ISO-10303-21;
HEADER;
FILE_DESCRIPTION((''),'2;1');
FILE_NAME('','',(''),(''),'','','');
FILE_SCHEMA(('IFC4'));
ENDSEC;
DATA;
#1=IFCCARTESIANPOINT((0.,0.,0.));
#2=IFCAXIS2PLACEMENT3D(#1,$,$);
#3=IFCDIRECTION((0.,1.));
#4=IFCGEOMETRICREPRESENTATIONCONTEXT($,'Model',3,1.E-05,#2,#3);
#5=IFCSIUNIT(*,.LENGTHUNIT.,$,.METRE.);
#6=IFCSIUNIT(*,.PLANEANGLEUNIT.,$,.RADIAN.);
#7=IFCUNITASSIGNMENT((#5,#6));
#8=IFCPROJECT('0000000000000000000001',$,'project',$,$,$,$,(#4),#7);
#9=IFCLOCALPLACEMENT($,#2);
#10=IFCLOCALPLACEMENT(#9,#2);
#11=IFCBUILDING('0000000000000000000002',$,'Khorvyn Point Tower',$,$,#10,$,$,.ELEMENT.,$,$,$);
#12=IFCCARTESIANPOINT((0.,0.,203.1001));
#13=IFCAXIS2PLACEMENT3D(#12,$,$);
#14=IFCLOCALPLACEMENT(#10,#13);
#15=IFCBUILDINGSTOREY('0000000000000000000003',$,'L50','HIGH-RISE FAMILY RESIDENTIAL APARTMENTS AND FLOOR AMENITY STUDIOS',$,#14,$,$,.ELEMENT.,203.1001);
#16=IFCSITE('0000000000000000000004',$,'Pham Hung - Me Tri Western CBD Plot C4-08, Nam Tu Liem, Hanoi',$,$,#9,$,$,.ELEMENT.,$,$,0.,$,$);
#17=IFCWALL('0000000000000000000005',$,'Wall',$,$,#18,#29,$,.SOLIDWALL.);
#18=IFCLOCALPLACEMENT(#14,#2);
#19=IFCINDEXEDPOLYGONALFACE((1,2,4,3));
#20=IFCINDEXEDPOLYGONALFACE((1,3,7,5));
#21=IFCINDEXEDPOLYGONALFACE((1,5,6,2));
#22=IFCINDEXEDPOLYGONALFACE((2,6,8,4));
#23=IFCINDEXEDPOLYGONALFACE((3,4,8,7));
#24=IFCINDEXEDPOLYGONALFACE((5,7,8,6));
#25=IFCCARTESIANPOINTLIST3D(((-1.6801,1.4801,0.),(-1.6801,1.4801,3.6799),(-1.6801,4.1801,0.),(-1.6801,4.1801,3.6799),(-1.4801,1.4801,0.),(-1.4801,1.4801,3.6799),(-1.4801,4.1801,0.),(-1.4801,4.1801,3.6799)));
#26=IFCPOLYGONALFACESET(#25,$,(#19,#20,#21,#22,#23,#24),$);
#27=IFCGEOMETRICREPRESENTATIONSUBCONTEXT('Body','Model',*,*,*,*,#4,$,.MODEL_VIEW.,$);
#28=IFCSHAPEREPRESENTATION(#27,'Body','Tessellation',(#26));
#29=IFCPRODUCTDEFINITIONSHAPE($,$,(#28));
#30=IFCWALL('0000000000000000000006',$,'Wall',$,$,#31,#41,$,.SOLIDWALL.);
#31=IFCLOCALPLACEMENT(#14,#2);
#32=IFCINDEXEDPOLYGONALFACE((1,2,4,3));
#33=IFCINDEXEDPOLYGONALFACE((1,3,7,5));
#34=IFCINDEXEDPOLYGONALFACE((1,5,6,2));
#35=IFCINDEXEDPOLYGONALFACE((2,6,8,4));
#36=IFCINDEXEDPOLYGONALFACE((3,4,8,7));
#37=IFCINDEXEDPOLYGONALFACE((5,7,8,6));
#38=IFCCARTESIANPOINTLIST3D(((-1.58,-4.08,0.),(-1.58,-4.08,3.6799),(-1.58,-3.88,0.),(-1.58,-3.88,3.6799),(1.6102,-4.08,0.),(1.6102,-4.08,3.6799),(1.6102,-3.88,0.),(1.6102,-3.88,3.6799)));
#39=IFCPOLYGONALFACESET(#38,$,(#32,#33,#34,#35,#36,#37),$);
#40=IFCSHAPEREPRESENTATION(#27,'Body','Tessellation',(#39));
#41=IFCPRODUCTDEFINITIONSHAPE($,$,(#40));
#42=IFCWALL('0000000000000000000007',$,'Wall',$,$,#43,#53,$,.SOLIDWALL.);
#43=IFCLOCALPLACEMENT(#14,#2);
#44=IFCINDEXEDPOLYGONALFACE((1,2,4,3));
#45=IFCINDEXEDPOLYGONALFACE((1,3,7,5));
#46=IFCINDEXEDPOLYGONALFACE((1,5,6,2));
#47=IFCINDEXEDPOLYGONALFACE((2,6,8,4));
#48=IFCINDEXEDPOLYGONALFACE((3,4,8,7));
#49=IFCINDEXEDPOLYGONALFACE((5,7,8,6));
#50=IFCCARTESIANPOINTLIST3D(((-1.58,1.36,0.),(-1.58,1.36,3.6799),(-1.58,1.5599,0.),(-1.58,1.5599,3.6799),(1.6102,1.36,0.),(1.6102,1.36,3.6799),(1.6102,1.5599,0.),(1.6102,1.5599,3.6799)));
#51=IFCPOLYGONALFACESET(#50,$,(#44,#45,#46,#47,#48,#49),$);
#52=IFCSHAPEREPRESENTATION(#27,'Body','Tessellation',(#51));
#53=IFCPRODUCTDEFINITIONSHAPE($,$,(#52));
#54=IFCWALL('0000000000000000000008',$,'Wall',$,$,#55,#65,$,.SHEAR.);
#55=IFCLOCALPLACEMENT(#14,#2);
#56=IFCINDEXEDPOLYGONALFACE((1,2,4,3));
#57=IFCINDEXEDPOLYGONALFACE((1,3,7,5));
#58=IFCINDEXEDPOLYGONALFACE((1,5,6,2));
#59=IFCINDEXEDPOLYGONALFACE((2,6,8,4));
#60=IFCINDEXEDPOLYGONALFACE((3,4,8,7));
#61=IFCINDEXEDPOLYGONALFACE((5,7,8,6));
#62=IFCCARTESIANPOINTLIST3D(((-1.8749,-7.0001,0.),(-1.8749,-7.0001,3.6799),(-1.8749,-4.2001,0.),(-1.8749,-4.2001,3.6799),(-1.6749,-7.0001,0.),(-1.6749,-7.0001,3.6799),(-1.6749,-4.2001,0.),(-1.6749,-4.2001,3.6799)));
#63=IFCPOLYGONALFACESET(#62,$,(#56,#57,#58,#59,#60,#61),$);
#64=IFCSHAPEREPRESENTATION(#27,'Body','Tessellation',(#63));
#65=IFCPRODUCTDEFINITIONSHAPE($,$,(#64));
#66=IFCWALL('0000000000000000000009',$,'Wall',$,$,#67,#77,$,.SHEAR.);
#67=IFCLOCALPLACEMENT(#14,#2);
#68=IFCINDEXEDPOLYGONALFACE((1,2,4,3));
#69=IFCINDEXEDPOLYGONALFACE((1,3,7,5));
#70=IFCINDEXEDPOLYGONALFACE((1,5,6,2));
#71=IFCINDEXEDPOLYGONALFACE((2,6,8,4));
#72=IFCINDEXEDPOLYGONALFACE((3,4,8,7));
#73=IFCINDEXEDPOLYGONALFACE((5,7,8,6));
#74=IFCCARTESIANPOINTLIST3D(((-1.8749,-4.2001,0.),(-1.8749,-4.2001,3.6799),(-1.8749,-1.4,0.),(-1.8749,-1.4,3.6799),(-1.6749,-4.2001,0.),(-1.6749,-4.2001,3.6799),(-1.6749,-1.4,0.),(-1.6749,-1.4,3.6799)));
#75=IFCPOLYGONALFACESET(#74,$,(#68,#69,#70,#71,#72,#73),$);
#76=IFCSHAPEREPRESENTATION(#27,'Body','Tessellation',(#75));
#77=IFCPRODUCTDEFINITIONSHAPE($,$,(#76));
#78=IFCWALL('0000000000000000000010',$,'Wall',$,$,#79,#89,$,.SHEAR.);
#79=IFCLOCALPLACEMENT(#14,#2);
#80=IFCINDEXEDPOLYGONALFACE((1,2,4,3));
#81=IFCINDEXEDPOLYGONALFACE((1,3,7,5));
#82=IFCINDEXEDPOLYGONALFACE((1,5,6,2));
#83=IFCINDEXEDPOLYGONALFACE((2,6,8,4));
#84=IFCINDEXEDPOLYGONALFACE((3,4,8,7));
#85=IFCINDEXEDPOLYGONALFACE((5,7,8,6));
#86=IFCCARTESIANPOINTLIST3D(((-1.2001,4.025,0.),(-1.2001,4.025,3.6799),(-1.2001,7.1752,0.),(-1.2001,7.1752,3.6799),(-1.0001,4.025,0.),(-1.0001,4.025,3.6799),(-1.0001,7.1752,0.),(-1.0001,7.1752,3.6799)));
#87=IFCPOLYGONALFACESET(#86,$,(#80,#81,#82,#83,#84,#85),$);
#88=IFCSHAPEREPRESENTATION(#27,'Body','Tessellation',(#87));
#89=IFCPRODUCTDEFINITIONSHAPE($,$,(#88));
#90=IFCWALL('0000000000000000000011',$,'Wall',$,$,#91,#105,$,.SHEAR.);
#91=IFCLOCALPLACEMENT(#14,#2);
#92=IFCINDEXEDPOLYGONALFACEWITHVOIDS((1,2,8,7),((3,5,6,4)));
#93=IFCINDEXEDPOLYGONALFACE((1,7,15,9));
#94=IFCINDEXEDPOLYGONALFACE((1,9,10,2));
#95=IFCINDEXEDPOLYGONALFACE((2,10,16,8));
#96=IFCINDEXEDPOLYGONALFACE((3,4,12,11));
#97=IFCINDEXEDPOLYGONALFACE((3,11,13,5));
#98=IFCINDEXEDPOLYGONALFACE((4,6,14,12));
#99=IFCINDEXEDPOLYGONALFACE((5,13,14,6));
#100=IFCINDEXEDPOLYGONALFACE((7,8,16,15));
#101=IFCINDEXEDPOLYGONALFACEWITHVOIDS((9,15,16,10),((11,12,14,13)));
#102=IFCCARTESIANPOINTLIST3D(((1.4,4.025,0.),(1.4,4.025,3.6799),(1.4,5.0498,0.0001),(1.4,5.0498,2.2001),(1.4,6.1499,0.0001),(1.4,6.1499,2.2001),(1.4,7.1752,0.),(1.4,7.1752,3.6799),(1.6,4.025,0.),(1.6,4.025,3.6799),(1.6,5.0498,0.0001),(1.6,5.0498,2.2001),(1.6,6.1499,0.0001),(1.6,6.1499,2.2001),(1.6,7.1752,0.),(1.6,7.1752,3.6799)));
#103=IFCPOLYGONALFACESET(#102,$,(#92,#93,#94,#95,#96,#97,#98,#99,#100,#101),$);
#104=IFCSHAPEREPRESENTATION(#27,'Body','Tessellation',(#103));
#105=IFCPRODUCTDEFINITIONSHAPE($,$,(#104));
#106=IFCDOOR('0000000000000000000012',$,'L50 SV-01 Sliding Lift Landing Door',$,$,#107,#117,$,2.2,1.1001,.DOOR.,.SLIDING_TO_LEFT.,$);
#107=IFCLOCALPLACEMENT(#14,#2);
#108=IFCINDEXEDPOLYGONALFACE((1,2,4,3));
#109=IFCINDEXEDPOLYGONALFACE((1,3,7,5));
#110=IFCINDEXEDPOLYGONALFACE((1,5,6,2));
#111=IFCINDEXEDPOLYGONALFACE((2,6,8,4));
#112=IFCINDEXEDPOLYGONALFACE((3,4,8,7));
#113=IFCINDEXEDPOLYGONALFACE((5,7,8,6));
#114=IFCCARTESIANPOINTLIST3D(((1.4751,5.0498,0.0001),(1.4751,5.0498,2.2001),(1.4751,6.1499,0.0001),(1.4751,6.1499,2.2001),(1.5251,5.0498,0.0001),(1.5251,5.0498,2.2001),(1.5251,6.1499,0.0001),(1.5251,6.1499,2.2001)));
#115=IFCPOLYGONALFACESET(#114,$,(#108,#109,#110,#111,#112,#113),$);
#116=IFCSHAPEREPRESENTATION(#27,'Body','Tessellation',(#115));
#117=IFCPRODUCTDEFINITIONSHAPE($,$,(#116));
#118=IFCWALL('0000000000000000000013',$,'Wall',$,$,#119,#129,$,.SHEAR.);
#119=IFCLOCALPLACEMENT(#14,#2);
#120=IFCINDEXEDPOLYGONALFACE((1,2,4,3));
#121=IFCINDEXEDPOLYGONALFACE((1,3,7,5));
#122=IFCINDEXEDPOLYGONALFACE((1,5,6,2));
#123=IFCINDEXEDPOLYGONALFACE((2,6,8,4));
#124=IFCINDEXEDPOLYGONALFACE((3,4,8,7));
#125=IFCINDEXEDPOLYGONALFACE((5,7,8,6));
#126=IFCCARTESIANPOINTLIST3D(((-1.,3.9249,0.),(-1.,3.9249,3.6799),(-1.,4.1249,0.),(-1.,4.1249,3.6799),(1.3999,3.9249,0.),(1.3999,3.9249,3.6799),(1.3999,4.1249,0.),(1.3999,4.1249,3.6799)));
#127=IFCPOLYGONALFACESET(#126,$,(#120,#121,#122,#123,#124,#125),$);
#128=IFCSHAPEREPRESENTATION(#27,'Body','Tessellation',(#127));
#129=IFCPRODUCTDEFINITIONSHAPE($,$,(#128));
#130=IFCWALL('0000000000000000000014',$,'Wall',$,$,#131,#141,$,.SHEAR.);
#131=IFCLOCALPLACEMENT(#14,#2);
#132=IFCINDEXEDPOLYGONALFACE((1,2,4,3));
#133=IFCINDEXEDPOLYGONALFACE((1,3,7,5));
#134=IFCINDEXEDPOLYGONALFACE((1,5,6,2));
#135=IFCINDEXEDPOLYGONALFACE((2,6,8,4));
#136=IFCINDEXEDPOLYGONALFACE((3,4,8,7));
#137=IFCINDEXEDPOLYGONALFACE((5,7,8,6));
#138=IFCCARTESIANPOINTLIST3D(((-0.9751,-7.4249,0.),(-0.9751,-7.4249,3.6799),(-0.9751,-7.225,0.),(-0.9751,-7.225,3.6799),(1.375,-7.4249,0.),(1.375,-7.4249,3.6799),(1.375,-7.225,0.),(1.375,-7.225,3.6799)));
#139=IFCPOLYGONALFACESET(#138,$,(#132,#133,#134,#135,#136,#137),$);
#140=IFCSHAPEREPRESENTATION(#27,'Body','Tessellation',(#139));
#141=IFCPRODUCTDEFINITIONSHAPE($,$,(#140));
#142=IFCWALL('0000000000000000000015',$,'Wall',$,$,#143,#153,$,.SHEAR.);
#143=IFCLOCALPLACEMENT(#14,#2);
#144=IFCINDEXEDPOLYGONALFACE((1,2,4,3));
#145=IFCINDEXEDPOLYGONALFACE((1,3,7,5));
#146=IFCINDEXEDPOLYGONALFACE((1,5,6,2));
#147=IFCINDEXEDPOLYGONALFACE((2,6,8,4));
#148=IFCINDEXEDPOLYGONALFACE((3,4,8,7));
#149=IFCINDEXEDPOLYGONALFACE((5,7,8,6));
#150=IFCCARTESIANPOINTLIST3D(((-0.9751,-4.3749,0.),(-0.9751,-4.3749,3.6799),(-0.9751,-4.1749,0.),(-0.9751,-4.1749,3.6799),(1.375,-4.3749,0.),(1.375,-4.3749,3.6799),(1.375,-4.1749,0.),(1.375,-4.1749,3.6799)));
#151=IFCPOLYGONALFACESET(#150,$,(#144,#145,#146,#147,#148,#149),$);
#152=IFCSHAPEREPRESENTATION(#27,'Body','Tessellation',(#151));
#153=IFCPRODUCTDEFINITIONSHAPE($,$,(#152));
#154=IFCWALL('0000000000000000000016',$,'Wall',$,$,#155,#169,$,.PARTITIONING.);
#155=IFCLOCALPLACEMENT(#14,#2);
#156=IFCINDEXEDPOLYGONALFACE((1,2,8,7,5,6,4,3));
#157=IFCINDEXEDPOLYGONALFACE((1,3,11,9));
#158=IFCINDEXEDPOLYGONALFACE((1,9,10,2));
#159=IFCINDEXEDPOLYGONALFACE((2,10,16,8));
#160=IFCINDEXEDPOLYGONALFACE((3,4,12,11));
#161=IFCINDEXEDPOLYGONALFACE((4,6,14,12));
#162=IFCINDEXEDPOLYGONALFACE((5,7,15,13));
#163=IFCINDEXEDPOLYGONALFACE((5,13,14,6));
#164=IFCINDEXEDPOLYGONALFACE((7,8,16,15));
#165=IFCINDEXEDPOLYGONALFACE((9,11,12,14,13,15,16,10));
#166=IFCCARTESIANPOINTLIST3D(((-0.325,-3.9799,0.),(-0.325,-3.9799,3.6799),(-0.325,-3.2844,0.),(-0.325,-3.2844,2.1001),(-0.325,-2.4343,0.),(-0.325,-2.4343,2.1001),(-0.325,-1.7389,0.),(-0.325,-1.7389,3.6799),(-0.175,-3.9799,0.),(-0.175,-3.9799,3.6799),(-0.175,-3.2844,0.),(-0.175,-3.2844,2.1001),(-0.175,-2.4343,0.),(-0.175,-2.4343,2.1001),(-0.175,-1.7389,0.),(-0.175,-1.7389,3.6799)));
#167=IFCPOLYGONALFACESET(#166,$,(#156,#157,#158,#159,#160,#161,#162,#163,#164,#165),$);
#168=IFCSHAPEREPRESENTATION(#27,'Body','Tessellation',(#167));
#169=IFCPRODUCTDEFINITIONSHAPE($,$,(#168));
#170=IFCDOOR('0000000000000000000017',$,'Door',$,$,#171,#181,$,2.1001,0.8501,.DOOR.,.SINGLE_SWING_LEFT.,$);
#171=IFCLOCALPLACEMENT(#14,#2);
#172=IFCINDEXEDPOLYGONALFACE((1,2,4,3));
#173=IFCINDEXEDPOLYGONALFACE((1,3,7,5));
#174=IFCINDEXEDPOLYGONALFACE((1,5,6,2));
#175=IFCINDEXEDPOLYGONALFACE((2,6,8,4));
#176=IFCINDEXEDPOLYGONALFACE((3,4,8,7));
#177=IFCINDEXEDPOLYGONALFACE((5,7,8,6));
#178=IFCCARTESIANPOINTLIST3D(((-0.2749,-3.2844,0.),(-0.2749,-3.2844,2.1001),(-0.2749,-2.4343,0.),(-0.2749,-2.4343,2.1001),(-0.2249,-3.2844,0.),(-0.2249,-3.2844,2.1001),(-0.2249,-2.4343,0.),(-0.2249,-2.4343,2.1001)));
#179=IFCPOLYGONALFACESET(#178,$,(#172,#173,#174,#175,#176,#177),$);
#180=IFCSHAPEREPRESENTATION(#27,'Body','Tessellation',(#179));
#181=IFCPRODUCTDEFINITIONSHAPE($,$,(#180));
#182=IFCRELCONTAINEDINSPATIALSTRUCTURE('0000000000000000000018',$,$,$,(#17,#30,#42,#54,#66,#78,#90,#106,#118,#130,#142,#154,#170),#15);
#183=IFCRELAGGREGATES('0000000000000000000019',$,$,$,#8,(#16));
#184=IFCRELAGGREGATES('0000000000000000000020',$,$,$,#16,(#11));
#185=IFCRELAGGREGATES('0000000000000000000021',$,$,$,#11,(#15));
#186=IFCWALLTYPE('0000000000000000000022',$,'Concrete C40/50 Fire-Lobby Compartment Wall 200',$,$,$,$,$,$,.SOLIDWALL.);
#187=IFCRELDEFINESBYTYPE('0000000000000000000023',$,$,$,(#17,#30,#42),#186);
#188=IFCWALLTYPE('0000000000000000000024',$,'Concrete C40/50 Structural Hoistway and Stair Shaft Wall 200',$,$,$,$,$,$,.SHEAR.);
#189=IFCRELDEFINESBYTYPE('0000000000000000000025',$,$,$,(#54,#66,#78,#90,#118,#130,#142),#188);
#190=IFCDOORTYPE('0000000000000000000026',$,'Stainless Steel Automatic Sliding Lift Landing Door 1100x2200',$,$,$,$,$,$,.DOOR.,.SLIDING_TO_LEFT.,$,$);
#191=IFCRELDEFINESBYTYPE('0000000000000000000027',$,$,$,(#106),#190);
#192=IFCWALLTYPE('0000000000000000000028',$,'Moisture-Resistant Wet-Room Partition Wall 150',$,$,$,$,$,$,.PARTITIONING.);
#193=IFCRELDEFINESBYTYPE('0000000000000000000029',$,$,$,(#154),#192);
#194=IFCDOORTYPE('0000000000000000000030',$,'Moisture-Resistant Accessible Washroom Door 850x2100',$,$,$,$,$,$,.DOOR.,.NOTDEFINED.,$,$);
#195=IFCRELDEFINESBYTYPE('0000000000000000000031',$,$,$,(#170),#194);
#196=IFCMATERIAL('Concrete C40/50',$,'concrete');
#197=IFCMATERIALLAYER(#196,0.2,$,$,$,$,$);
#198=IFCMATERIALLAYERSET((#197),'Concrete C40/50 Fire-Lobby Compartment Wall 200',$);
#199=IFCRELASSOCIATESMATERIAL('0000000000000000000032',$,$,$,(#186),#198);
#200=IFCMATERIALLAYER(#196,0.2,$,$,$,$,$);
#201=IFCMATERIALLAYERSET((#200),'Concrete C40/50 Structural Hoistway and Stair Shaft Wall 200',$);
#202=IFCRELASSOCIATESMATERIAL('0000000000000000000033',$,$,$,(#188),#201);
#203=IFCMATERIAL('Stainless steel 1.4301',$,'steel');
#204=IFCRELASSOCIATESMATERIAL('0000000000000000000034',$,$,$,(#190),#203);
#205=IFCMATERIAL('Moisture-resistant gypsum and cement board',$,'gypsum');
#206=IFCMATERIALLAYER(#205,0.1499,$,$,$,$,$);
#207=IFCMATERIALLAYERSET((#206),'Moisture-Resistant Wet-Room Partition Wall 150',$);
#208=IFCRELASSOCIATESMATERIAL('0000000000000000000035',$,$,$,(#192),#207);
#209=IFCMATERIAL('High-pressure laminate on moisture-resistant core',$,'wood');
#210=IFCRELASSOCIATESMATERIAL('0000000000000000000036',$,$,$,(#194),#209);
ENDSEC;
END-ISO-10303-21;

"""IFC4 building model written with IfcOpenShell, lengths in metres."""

from ifc_helpers import new_model, si_unit, direction, frame, frame_2d, origin, place, context, subcontext, project, spatial, rectangle, extrude, material, layer, layer_set, type_object, element, fill, save


model = new_model("IFC4")

# Units and contexts
model_context = context("Model", 3, precision=1e-05, world=origin(), true_north=direction((0.0, 1.0)))
body_context = subcontext(model_context, "Body", "Model", "MODEL_VIEW")
ifc_project = project(units=[si_unit("LENGTHUNIT", "METRE"), si_unit("PLANEANGLEUNIT", "RADIAN")], contexts=[model_context])

# Site, building, storey
site_placement = place(None, origin())
site = spatial("IfcSite", under=ifc_project, at=site_placement, Name="Pham Hung - Me Tri Western CBD Plot C4-08, Nam Tu Liem, Hanoi", CompositionType="ELEMENT", RefElevation=0.0)
building_placement = place(site_placement, origin())
building = spatial("IfcBuilding", under=site, at=building_placement, Name="Khorvyn Point Tower", CompositionType="ELEMENT")
storey_placement = place(building_placement, frame((0.0, 0.0, 203.1001)))
storey = spatial("IfcBuildingStorey", under=building, at=storey_placement, Name="L50", Description="HIGH-RISE FAMILY RESIDENTIAL APARTMENTS AND FLOOR AMENITY STUDIOS", CompositionType="ELEMENT", Elevation=203.1001)

# Shared definitions
ifc_material_1 = material(Name="Concrete C40/50", Category="concrete")

# Walls
ifc_layer_1 = layer(ifc_material_1, 0.2)
ifc_layer_set_1 = layer_set([ifc_layer_1], Name="Concrete C40/50 Fire-Lobby Compartment Wall 200")
wall_type_1 = type_object("IfcWallType", Name="Concrete C40/50 Fire-Lobby Compartment Wall 200", PredefinedType="SOLIDWALL", material=ifc_layer_set_1)
wall_1_placement = place(storey_placement, frame((-1.5801, 1.48, 0.0), z_axis=(0.0, 0.0, 1.0), x_axis=(0.0, 1.0, 0.0)))
element("IfcWall", 1, at=wall_1_placement, inside=storey, type_object=wall_type_1, Name="Wall", PredefinedType="SOLIDWALL", context=body_context, shape_type="SweptSolid", body=[
    extrude(rectangle(XDim=2.7, YDim=0.2, at=frame_2d((1.3501, 0.0))), origin(), (0.0, 0.0, 1.0), 3.6799),
])
for number, where, z_axis, x_axis, name in (
    (2, (-1.5801, -3.98, 0.0), (0.0, 0.0, 1.0), (1.0, 0.0, 0.0), "Wall"),
    (3, (-1.5801, 1.46, 0.0), (0.0, 0.0, 1.0), (1.0, 0.0, 0.0), "Wall"),
):
    element("IfcWall", number, at=place(storey_placement, frame(where, z_axis=z_axis, x_axis=x_axis)), inside=storey, type_object=wall_type_1, Name=name, PredefinedType="SOLIDWALL", context=body_context, shape_type="SweptSolid", body=[
        extrude(rectangle(XDim=3.1902, YDim=0.2, at=frame_2d((1.5952, 0.0))), origin(), (0.0, 0.0, 1.0), 3.6799),
    ])
ifc_layer_2 = layer(ifc_material_1, 0.2)
ifc_layer_set_2 = layer_set([ifc_layer_2], Name="Concrete C40/50 Structural Hoistway and Stair Shaft Wall 200")
wall_type_2 = type_object("IfcWallType", Name="Concrete C40/50 Structural Hoistway and Stair Shaft Wall 200", PredefinedType="SHEAR", material=ifc_layer_set_2)
for number, where, z_axis, x_axis, name in (
    (4, (-1.7749, -7.0, 0.0), (0.0, 0.0, 1.0), (0.0, 1.0, 0.0), "Wall"),
    (5, (-1.7749, -4.2, 0.0), (0.0, 0.0, 1.0), (0.0, 1.0, 0.0), "Wall"),
):
    element("IfcWall", number, at=place(storey_placement, frame(where, z_axis=z_axis, x_axis=x_axis)), inside=storey, type_object=wall_type_2, Name=name, PredefinedType="SHEAR", context=body_context, shape_type="SweptSolid", body=[
        extrude(rectangle(XDim=2.8, YDim=0.2, at=frame_2d((1.3999, 0.0))), origin(), (0.0, 0.0, 1.0), 3.6799),
    ])
wall_2_placement = place(storey_placement, frame((-1.1001, 4.0249, 0.0), z_axis=(0.0, 0.0, 1.0), x_axis=(0.0, 1.0, 0.0)))
element("IfcWall", 6, at=wall_2_placement, inside=storey, type_object=wall_type_2, Name="Wall", PredefinedType="SHEAR", context=body_context, shape_type="SweptSolid", body=[
    extrude(rectangle(XDim=3.1501, YDim=0.2, at=frame_2d((1.5752, 0.0))), origin(), (0.0, 0.0, 1.0), 3.6799),
])

# Wall, opening, door
wall_3_placement = place(storey_placement, frame((1.5, 4.0249, 0.0), z_axis=(0.0, 0.0, 1.0), x_axis=(0.0, 1.0, 0.0)))
wall_3 = element("IfcWall", 7, at=wall_3_placement, inside=storey, type_object=wall_type_2, Name="Wall", PredefinedType="SHEAR", context=body_context, shape_type="SweptSolid", body=[
    extrude(rectangle(XDim=3.1501, YDim=0.2, at=frame_2d((1.5752, 0.0))), origin(), (0.0, 0.0, 1.0), 3.6799),
])
opening_1_placement = place(wall_3_placement, frame((1.0249, 0.0, 0.0)))
opening_1 = element("IfcOpeningElement", 8, at=opening_1_placement, cuts=wall_3, PredefinedType="OPENING", context=body_context, shape_type="SweptSolid", body=[
    extrude(rectangle(XDim=1.1001, YDim=2.2, at=frame_2d((0.55, 1.1001))), frame((0.0, 0.1099, 0.0), z_axis=(0.0, -1.0, 0.0), x_axis=(1.0, 0.0, 0.0)), (0.0, 0.0, 1.0), 0.22),
])
ifc_material_2 = material(Name="Stainless steel 1.4301", Category="steel")
door_type_1 = type_object("IfcDoorType", Name="Stainless Steel Automatic Sliding Lift Landing Door 1100x2200", OperationType="SLIDING_TO_LEFT", PredefinedType="DOOR", material=ifc_material_2)
door_1_placement = place(opening_1_placement, origin())
door_1 = element("IfcDoor", 9, at=door_1_placement, inside=storey, type_object=door_type_1, Name="L50 SV-01 Sliding Lift Landing Door", OperationType="SLIDING_TO_LEFT", OverallHeight=2.2, OverallWidth=1.1001, PredefinedType="DOOR", context=body_context, shape_type="SweptSolid", body=[
    extrude(rectangle(XDim=1.1001, YDim=2.2, at=frame_2d((0.55, 1.1001))), frame((0.0, 0.0249, 0.0), z_axis=(0.0, -1.0, 0.0), x_axis=(1.0, 0.0, 0.0)), (0.0, 0.0, 1.0), 0.05),
])
fill(opening_1, door_1)

# Walls
wall_4_placement = place(storey_placement, frame((-1.0, 4.0249, 0.0), z_axis=(0.0, 0.0, 1.0), x_axis=(1.0, 0.0, 0.0)))
element("IfcWall", 10, at=wall_4_placement, inside=storey, type_object=wall_type_2, Name="Wall", PredefinedType="SHEAR", context=body_context, shape_type="SweptSolid", body=[
    extrude(rectangle(XDim=2.3999, YDim=0.2, at=frame_2d((1.2, 0.0))), origin(), (0.0, 0.0, 1.0), 3.6799),
])
for number, where, z_axis, x_axis, name in (
    (11, (-0.9751, -7.325, 0.0), (0.0, 0.0, 1.0), (1.0, 0.0, 0.0), "Wall"),
    (12, (-0.9751, -4.2749, 0.0), (0.0, 0.0, 1.0), (1.0, 0.0, 0.0), "Wall"),
):
    element("IfcWall", number, at=place(storey_placement, frame(where, z_axis=z_axis, x_axis=x_axis)), inside=storey, type_object=wall_type_2, Name=name, PredefinedType="SHEAR", context=body_context, shape_type="SweptSolid", body=[
        extrude(rectangle(XDim=2.3501, YDim=0.2, at=frame_2d((1.175, 0.0))), origin(), (0.0, 0.0, 1.0), 3.6799),
    ])

# Wall, opening, door
ifc_material_3 = material(Name="Moisture-resistant gypsum and cement board", Category="gypsum")
ifc_layer_3 = layer(ifc_material_3, 0.1499)
ifc_layer_set_3 = layer_set([ifc_layer_3], Name="Moisture-Resistant Wet-Room Partition Wall 150")
wall_type_3 = type_object("IfcWallType", Name="Moisture-Resistant Wet-Room Partition Wall 150", PredefinedType="PARTITIONING", material=ifc_layer_set_3)
wall_5_placement = place(storey_placement, frame((-0.25, -3.98, 0.0), z_axis=(0.0, 0.0, 1.0), x_axis=(0.0, 1.0, 0.0)))
wall_5 = element("IfcWall", 13, at=wall_5_placement, inside=storey, type_object=wall_type_3, Name="Wall", PredefinedType="PARTITIONING", context=body_context, shape_type="SweptSolid", body=[
    extrude(rectangle(XDim=2.241, YDim=0.1499, at=frame_2d((1.1206, 0.0))), origin(), (0.0, 0.0, 1.0), 3.6799),
])
opening_2_placement = place(wall_5_placement, frame((0.6956, 0.0, 0.0)))
opening_2 = element("IfcOpeningElement", 14, at=opening_2_placement, cuts=wall_5, PredefinedType="OPENING", context=body_context, shape_type="SweptSolid", body=[
    extrude(rectangle(XDim=0.8501, YDim=2.1001, at=frame_2d((0.425, 1.05))), frame((0.0, 0.085, 0.0), z_axis=(0.0, -1.0, 0.0), x_axis=(1.0, 0.0, 0.0)), (0.0, 0.0, 1.0), 0.1699),
])
ifc_material_4 = material(Name="High-pressure laminate on moisture-resistant core", Category="wood")
door_type_2 = type_object("IfcDoorType", Name="Moisture-Resistant Accessible Washroom Door 850x2100", OperationType="NOTDEFINED", PredefinedType="DOOR", material=ifc_material_4)
door_2_placement = place(opening_2_placement, origin())
door_2 = element("IfcDoor", 15, at=door_2_placement, inside=storey, type_object=door_type_2, Name="Door", OperationType="SINGLE_SWING_LEFT", OverallHeight=2.1001, OverallWidth=0.8501, PredefinedType="DOOR", context=body_context, shape_type="SweptSolid", body=[
    extrude(rectangle(XDim=0.8501, YDim=2.1001, at=frame_2d((0.425, 1.05))), frame((0.0, 0.0249, 0.0), z_axis=(0.0, -1.0, 0.0), x_axis=(1.0, 0.0, 0.0)), (0.0, 0.0, 1.0), 0.05),
])
fill(opening_2, door_2)

save(model, "model.ifc")
